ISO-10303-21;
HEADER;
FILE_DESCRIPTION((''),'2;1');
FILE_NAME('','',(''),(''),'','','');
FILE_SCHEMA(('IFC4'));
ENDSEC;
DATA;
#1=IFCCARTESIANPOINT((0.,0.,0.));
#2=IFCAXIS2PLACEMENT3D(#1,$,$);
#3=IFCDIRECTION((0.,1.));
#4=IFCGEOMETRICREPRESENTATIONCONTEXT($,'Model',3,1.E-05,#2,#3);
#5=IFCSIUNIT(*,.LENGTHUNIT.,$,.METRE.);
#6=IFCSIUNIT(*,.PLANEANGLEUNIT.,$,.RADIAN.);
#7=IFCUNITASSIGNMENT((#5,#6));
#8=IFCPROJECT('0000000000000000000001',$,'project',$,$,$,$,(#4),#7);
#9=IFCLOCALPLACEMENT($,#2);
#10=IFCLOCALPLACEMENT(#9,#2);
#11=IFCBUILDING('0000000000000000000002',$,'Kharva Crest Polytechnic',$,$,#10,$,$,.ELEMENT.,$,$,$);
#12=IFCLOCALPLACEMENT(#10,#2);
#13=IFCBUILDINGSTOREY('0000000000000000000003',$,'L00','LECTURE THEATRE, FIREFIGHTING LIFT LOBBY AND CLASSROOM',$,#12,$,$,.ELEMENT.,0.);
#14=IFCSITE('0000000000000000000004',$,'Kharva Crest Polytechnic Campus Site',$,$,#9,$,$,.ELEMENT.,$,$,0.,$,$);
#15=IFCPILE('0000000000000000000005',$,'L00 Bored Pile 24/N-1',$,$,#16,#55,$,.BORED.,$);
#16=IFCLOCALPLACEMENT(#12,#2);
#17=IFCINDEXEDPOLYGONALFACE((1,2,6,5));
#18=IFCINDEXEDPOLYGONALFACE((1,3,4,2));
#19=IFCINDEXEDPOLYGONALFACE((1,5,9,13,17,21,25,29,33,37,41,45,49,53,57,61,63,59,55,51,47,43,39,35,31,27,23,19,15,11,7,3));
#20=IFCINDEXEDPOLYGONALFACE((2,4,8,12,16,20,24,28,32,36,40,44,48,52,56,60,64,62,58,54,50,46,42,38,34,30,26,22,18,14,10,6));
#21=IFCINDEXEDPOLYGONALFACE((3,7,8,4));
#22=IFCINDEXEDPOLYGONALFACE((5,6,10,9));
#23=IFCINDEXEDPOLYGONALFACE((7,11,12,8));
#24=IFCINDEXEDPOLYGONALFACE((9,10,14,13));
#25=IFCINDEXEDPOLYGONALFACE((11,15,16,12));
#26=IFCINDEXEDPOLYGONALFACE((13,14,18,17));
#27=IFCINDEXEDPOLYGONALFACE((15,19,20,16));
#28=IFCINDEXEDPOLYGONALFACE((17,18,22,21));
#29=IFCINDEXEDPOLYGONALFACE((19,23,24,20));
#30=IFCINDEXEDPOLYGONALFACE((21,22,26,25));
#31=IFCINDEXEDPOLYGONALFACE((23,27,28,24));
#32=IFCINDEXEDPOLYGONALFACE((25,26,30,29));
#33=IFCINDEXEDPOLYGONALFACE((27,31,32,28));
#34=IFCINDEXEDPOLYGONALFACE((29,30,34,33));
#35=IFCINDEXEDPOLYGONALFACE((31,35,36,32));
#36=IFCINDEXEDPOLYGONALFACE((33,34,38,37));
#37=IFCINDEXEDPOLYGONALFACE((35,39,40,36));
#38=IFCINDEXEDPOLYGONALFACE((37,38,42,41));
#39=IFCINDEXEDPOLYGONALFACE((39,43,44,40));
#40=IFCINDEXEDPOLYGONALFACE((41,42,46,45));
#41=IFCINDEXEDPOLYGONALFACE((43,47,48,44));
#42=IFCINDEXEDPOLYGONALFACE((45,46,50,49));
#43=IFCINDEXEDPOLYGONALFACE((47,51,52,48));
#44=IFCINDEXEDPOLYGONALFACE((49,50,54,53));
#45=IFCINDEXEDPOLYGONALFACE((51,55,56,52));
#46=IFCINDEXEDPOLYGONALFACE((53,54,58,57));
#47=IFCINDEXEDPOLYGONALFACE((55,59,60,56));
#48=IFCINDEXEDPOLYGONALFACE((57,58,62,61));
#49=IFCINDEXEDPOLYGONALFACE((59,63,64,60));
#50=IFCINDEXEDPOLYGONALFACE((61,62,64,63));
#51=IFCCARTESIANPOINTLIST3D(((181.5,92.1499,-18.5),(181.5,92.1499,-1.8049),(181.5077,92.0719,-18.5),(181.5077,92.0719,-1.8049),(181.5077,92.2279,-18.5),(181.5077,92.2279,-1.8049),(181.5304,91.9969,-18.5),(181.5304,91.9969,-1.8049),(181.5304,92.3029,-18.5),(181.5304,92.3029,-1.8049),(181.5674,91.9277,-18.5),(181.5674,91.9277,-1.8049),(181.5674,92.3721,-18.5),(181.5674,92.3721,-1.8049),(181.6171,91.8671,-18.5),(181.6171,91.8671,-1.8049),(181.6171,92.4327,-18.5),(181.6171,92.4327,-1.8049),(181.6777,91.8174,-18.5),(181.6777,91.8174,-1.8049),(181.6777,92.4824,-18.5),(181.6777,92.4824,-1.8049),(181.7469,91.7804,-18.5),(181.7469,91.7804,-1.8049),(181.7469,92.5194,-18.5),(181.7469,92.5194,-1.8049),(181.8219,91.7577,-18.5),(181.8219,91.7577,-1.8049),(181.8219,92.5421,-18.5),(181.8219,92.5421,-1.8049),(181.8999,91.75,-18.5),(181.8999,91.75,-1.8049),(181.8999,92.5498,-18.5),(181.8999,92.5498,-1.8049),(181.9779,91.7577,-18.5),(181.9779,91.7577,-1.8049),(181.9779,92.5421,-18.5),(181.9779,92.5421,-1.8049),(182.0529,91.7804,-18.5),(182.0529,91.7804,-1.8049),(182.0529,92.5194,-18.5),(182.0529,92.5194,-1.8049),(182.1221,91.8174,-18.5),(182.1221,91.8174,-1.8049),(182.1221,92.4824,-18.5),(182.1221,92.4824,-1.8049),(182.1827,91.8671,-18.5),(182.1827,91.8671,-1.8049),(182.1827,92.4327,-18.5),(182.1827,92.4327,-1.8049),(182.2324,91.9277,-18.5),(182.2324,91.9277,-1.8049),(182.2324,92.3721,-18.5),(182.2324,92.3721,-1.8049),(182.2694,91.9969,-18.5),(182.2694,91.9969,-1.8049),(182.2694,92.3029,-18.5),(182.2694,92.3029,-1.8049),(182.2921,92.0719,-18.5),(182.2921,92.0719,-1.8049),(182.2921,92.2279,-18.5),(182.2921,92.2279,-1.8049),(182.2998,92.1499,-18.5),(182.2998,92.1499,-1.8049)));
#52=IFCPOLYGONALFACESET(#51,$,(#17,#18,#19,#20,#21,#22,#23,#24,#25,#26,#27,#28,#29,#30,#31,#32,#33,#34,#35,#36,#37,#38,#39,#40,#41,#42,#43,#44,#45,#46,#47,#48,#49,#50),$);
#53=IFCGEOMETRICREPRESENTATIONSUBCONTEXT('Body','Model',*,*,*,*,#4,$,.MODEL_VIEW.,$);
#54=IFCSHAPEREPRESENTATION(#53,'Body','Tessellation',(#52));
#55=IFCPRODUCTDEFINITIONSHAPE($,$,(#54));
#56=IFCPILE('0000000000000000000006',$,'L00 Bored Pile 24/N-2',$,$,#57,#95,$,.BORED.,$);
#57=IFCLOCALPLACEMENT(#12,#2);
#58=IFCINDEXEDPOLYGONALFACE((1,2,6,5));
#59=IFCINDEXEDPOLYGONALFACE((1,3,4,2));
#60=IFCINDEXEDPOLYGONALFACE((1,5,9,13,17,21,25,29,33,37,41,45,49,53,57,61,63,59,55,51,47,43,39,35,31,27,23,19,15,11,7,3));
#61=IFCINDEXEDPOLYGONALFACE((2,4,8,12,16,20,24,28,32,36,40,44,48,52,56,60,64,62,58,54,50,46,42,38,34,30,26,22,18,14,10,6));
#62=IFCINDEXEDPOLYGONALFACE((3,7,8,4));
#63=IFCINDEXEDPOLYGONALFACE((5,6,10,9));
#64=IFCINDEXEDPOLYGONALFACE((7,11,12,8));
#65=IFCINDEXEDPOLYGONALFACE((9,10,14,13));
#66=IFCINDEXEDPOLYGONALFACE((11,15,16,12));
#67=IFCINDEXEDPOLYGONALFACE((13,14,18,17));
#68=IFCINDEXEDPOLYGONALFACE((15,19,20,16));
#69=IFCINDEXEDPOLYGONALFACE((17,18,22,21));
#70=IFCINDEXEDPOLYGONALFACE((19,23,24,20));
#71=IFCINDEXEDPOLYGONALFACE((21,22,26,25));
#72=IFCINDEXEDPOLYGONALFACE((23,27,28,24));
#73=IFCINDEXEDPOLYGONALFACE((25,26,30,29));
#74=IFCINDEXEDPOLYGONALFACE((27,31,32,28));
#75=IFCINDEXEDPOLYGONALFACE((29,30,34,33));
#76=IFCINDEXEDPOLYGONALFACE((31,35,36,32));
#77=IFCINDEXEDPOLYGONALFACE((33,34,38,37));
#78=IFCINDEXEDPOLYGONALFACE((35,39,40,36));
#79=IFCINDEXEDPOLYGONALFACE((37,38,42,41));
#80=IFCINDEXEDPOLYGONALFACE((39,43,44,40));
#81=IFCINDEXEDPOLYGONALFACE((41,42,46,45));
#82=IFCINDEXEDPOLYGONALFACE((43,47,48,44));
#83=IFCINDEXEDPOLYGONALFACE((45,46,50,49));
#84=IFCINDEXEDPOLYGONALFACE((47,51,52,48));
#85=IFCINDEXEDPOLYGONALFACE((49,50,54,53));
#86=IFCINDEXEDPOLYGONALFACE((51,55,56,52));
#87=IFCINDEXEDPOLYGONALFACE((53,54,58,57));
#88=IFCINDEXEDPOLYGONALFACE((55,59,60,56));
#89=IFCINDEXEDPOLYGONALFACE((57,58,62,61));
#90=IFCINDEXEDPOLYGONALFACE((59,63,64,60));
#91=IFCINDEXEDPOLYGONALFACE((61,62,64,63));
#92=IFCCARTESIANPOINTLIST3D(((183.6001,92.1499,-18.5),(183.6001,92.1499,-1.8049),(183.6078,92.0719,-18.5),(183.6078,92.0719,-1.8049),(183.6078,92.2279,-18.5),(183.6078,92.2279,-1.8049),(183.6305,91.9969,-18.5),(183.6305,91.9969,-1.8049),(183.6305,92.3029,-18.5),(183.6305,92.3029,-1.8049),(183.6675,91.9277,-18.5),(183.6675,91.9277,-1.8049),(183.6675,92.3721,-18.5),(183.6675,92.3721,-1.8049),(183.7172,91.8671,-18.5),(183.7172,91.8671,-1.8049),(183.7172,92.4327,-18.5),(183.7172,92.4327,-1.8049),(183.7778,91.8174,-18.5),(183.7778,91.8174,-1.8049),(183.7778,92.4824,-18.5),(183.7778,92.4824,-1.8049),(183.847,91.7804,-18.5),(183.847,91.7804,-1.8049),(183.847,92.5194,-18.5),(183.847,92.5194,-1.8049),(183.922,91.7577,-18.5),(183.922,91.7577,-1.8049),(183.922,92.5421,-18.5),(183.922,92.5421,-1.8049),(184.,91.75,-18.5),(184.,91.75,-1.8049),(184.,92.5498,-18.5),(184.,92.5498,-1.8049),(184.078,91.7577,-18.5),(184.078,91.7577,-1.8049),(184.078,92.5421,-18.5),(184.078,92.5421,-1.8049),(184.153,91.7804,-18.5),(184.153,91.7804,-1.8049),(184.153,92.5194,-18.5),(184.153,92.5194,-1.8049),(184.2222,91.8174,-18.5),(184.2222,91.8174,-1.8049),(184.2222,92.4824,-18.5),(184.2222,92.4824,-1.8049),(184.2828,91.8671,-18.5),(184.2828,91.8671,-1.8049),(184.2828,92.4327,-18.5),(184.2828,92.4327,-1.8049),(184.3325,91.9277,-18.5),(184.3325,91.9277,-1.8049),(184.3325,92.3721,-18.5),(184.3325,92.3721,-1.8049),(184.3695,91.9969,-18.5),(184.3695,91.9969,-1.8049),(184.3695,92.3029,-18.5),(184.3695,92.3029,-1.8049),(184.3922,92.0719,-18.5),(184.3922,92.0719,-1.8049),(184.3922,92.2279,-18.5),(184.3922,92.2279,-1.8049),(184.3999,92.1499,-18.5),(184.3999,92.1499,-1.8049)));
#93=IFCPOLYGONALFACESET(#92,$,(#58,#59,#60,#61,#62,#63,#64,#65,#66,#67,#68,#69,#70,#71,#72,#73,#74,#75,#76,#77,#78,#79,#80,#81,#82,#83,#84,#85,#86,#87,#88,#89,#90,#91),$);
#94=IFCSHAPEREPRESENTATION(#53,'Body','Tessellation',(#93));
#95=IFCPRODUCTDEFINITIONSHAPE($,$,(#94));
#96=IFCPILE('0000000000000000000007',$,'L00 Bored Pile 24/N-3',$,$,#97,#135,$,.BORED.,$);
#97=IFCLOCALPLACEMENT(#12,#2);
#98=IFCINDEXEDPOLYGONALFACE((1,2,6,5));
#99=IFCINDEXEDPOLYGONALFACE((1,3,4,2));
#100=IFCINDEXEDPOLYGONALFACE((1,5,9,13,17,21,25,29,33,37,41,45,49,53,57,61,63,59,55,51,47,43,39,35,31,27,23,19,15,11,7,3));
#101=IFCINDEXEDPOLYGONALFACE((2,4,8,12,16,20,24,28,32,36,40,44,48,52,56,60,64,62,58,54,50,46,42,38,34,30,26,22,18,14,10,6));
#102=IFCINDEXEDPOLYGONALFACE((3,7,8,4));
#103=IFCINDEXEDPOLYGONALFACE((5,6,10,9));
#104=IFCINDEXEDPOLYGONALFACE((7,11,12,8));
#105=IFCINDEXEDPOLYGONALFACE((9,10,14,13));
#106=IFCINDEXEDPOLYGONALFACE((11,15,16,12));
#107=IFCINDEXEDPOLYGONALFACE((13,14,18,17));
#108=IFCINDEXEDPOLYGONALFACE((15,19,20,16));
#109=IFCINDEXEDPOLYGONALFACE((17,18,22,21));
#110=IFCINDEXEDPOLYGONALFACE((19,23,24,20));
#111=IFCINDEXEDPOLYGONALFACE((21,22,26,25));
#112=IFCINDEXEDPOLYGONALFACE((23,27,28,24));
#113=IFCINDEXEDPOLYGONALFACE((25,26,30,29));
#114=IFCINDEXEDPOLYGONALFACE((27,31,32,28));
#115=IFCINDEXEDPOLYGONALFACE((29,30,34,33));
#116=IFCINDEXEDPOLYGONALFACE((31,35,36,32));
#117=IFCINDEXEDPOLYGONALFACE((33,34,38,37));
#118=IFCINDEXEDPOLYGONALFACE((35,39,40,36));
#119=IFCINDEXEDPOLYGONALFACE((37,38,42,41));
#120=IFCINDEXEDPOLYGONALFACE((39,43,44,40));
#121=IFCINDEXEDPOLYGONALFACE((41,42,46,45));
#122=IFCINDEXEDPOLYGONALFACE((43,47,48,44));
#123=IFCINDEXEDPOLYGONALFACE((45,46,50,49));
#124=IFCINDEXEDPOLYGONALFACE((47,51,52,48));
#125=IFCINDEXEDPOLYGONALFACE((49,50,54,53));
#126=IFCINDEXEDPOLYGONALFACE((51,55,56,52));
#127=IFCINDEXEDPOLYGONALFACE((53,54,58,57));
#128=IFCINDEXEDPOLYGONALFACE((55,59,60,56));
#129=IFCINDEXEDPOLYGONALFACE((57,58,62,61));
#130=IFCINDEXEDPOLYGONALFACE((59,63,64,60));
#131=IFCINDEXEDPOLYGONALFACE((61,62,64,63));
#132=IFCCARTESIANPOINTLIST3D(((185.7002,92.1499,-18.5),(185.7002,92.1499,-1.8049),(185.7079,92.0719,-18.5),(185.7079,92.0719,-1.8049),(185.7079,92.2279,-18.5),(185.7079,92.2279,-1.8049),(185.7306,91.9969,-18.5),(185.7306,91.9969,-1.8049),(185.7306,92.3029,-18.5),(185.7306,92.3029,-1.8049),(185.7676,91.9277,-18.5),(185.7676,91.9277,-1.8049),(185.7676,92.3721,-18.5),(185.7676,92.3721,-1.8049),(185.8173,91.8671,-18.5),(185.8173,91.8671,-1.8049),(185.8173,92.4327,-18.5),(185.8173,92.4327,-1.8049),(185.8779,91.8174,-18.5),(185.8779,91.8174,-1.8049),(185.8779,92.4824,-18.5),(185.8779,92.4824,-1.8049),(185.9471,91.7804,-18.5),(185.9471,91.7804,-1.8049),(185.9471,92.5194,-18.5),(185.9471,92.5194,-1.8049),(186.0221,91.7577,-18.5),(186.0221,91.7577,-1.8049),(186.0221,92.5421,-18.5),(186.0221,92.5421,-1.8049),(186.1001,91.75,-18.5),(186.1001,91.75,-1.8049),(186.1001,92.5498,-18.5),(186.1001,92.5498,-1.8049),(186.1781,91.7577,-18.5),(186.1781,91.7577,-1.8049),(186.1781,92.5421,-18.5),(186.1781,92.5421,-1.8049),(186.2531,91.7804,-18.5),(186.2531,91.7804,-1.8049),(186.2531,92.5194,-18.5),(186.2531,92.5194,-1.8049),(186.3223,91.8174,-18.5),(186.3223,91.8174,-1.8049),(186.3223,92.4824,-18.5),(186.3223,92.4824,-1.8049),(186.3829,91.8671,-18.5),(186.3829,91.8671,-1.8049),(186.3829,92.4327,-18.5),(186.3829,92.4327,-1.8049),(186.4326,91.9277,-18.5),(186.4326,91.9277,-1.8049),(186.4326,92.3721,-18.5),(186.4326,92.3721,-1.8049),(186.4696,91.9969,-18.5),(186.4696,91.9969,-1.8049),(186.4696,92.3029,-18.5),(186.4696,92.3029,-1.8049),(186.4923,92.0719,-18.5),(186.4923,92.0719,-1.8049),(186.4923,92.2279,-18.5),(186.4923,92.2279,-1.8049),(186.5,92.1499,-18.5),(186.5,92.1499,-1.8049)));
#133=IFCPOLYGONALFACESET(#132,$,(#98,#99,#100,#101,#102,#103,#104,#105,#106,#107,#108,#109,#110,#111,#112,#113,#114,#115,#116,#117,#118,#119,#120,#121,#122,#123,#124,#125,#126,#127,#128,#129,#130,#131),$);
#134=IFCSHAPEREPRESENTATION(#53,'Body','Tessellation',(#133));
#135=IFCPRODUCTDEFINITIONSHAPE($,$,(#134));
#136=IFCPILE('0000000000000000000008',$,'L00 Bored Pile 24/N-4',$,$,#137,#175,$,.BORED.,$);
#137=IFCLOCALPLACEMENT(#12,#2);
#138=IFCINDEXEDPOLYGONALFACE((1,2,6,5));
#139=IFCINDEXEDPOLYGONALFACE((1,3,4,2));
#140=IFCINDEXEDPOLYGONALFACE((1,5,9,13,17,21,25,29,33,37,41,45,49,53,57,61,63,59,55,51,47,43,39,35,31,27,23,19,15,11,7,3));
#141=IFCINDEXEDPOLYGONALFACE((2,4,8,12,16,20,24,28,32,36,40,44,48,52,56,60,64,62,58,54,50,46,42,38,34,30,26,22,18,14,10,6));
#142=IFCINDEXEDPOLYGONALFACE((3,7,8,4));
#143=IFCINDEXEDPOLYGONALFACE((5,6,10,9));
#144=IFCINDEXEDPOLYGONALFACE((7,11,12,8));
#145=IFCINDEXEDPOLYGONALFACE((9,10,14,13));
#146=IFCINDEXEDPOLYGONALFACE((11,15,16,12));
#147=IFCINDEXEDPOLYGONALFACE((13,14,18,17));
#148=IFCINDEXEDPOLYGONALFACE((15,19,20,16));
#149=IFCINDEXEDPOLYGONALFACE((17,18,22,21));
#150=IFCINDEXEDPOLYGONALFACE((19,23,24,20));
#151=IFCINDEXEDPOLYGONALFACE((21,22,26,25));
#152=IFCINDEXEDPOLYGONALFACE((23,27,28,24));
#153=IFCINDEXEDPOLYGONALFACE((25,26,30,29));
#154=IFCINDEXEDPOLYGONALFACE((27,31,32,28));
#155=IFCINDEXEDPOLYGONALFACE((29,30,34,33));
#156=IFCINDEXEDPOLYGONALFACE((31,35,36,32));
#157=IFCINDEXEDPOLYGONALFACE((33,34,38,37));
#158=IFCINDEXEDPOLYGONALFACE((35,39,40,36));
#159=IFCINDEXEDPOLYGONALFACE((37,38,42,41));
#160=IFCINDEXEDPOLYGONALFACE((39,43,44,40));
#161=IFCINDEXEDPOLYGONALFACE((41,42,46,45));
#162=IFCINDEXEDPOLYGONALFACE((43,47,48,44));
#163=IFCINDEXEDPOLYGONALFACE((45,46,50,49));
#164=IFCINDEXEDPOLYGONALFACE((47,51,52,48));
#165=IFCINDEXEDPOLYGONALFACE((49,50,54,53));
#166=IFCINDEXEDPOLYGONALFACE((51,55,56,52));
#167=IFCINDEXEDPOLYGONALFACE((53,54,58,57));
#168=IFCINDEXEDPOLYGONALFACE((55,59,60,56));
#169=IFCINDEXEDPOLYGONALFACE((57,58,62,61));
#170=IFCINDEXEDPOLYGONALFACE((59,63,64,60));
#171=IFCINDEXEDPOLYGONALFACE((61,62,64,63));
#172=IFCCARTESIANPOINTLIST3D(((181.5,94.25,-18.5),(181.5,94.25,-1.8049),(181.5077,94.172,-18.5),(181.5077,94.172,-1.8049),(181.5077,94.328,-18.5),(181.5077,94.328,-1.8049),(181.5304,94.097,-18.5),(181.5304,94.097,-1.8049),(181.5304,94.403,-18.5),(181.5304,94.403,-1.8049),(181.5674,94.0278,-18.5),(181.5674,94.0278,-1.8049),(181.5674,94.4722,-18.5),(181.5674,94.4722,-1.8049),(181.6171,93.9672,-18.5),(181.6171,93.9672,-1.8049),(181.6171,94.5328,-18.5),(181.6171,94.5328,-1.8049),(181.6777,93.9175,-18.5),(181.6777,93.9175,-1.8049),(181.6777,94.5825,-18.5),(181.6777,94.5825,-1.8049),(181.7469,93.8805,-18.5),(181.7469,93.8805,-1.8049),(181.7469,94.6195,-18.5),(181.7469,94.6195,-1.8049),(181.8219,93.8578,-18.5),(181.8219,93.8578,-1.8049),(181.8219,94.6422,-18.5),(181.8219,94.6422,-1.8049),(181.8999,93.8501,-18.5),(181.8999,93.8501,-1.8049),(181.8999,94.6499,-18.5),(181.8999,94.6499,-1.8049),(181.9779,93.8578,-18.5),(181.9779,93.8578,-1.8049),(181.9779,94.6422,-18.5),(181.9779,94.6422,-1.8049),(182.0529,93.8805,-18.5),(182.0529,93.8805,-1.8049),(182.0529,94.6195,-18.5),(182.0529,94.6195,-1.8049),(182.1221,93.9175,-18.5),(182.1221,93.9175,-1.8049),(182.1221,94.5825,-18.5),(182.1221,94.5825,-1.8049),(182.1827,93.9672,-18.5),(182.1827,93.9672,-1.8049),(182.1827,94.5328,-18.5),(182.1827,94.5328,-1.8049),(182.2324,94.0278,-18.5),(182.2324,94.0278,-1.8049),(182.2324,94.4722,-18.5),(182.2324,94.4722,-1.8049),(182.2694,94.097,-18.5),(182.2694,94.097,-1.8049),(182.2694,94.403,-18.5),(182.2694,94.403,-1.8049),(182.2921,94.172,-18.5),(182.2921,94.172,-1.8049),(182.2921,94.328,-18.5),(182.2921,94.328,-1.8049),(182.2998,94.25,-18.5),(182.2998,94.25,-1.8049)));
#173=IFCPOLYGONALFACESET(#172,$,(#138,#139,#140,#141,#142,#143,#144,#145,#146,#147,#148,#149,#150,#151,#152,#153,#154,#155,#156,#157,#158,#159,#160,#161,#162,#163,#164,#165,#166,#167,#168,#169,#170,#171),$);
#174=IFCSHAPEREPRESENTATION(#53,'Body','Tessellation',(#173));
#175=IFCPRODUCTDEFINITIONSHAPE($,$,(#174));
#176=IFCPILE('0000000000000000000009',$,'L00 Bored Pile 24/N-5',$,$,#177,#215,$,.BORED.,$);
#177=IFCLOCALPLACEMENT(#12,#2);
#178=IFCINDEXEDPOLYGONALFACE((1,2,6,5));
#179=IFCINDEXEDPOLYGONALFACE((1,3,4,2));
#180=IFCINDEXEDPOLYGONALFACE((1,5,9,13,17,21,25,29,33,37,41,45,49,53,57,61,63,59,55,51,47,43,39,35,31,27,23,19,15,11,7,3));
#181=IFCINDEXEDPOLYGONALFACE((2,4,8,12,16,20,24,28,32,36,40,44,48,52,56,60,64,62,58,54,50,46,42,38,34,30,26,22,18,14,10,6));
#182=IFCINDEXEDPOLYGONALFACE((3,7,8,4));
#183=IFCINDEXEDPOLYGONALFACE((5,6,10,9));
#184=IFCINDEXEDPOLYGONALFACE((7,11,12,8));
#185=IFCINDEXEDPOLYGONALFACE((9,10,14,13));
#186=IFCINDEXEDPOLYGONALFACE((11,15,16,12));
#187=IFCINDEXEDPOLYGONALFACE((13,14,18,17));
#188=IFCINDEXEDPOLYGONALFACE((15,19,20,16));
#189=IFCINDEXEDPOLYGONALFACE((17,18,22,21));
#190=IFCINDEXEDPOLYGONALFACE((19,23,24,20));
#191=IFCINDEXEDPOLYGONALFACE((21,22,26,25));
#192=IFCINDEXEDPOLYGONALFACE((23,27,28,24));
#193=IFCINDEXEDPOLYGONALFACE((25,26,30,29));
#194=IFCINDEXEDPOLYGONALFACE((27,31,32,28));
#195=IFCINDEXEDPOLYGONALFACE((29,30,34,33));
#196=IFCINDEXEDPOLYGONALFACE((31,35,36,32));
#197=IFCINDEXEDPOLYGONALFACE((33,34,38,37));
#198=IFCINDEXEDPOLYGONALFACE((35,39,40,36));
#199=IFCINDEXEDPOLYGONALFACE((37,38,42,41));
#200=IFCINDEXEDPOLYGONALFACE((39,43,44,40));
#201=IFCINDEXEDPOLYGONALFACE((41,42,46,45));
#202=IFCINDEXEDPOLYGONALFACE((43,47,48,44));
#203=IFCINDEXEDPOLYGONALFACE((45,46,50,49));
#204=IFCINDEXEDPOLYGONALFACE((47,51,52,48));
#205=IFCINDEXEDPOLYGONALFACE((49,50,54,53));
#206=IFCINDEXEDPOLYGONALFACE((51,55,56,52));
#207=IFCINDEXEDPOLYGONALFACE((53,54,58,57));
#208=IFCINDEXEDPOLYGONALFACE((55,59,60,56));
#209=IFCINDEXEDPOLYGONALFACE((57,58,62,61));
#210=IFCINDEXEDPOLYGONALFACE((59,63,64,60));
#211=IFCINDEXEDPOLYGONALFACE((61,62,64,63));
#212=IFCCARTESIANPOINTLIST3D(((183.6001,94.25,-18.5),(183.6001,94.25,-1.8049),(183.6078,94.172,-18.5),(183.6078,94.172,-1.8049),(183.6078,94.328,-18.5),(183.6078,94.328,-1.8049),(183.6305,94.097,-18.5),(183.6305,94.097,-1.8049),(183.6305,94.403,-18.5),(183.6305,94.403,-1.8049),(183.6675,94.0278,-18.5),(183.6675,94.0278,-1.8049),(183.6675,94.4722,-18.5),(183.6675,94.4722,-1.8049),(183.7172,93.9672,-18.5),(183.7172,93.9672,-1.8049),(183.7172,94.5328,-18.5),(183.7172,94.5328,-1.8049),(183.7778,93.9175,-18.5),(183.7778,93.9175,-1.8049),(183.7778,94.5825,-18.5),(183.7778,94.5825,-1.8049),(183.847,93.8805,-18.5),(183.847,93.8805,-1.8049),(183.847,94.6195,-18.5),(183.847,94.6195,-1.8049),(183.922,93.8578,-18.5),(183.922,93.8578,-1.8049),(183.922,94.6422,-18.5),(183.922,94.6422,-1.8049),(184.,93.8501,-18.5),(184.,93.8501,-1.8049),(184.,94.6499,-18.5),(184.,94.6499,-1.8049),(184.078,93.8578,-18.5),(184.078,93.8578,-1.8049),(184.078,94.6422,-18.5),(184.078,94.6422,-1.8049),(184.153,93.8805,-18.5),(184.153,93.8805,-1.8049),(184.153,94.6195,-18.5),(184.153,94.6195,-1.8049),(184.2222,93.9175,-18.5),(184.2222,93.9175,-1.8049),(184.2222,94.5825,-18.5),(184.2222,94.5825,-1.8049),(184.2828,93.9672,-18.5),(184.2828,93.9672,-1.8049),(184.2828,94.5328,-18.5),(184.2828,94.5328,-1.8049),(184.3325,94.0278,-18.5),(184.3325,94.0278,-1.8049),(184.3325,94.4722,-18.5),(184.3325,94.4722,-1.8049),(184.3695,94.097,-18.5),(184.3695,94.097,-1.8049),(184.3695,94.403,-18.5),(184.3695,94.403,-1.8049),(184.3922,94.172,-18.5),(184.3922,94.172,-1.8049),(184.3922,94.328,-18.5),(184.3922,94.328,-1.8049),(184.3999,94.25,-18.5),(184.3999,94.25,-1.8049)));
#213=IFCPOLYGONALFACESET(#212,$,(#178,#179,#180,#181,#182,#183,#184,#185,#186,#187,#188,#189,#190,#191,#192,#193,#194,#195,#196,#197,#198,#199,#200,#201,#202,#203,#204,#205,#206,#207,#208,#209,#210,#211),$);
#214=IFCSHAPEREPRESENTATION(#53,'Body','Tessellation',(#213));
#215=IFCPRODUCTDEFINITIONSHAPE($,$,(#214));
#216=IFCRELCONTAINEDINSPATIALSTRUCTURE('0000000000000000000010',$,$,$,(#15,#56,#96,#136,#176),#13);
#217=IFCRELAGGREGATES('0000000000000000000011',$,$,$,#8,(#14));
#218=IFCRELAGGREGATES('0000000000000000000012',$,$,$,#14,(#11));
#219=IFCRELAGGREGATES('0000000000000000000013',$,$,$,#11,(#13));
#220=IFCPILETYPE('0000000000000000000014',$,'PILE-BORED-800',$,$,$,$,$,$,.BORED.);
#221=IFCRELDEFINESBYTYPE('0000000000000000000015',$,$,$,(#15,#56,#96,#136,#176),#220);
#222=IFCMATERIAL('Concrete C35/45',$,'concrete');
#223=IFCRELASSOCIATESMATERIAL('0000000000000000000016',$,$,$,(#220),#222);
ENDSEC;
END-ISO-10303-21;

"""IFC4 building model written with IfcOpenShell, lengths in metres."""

from ifc_helpers import new_model, si_unit, direction, frame, origin, origin_2d, place, context, subcontext, project, spatial, circle, extrude, material, material_profile, profile_set, type_object, element, save


model = new_model("IFC4")

# Units and contexts
model_context = context("Model", 3, precision=1e-05, world=origin(), true_north=direction((0.0, 1.0)))
body_context = subcontext(model_context, "Body", "Model", "MODEL_VIEW")
ifc_project = project(units=[si_unit("LENGTHUNIT", "METRE"), si_unit("PLANEANGLEUNIT", "RADIAN")], contexts=[model_context])

# Site, building, storey
site_placement = place(None, origin())
site = spatial("IfcSite", under=ifc_project, at=site_placement, Name="Kharva Crest Polytechnic Campus Site", CompositionType="ELEMENT", RefElevation=0.0)
building_placement = place(site_placement, origin())
building = spatial("IfcBuilding", under=site, at=building_placement, Name="Kharva Crest Polytechnic", CompositionType="ELEMENT")
storey_placement = place(building_placement, origin())
storey = spatial("IfcBuildingStorey", under=building, at=storey_placement, Name="L00", Description="LECTURE THEATRE, FIREFIGHTING LIFT LOBBY AND CLASSROOM", CompositionType="ELEMENT", Elevation=0.0)

# Shared definitions
ifc_material_1 = material(Name="Concrete C35/45", Category="concrete")

# Piles
ifc_material_profile_1 = material_profile(ifc_material_1, circle(Radius=0.3999, at=origin_2d()), Name="DIA 800")
ifc_profile_set_1 = profile_set([ifc_material_profile_1], Name="Concrete C35/45")
pile_type = type_object("IfcPileType", Name="PILE-BORED-800", PredefinedType="BORED", material=ifc_profile_set_1)
for number, where, z_axis, x_axis, name in (
    (1, (181.8999, 92.1499, -1.8049), (0.0, 0.0, -1.0), (1.0, 0.0, 0.0), "L00 Bored Pile 24/N-1"),
    (2, (184.0, 92.1499, -1.8049), (0.0, 0.0, -1.0), (1.0, 0.0, 0.0), "L00 Bored Pile 24/N-2"),
    (3, (186.1001, 92.1499, -1.8049), (0.0, 0.0, -1.0), (1.0, 0.0, 0.0), "L00 Bored Pile 24/N-3"),
    (4, (181.8999, 94.25, -1.8049), (0.0, 0.0, -1.0), (1.0, 0.0, 0.0), "L00 Bored Pile 24/N-4"),
    (5, (184.0, 94.25, -1.8049), (0.0, 0.0, -1.0), (1.0, 0.0, 0.0), "L00 Bored Pile 24/N-5"),
):
    element("IfcPile", number, at=place(storey_placement, frame(where, z_axis=z_axis, x_axis=x_axis)), inside=storey, type_object=pile_type, Name=name, PredefinedType="BORED", context=body_context, shape_type="SweptSolid", body=[
        extrude(circle(Radius=0.3999, at=origin_2d()), origin(), (0.0, 0.0, 1.0), 16.6951),
    ])

save(model, "model.ifc")
